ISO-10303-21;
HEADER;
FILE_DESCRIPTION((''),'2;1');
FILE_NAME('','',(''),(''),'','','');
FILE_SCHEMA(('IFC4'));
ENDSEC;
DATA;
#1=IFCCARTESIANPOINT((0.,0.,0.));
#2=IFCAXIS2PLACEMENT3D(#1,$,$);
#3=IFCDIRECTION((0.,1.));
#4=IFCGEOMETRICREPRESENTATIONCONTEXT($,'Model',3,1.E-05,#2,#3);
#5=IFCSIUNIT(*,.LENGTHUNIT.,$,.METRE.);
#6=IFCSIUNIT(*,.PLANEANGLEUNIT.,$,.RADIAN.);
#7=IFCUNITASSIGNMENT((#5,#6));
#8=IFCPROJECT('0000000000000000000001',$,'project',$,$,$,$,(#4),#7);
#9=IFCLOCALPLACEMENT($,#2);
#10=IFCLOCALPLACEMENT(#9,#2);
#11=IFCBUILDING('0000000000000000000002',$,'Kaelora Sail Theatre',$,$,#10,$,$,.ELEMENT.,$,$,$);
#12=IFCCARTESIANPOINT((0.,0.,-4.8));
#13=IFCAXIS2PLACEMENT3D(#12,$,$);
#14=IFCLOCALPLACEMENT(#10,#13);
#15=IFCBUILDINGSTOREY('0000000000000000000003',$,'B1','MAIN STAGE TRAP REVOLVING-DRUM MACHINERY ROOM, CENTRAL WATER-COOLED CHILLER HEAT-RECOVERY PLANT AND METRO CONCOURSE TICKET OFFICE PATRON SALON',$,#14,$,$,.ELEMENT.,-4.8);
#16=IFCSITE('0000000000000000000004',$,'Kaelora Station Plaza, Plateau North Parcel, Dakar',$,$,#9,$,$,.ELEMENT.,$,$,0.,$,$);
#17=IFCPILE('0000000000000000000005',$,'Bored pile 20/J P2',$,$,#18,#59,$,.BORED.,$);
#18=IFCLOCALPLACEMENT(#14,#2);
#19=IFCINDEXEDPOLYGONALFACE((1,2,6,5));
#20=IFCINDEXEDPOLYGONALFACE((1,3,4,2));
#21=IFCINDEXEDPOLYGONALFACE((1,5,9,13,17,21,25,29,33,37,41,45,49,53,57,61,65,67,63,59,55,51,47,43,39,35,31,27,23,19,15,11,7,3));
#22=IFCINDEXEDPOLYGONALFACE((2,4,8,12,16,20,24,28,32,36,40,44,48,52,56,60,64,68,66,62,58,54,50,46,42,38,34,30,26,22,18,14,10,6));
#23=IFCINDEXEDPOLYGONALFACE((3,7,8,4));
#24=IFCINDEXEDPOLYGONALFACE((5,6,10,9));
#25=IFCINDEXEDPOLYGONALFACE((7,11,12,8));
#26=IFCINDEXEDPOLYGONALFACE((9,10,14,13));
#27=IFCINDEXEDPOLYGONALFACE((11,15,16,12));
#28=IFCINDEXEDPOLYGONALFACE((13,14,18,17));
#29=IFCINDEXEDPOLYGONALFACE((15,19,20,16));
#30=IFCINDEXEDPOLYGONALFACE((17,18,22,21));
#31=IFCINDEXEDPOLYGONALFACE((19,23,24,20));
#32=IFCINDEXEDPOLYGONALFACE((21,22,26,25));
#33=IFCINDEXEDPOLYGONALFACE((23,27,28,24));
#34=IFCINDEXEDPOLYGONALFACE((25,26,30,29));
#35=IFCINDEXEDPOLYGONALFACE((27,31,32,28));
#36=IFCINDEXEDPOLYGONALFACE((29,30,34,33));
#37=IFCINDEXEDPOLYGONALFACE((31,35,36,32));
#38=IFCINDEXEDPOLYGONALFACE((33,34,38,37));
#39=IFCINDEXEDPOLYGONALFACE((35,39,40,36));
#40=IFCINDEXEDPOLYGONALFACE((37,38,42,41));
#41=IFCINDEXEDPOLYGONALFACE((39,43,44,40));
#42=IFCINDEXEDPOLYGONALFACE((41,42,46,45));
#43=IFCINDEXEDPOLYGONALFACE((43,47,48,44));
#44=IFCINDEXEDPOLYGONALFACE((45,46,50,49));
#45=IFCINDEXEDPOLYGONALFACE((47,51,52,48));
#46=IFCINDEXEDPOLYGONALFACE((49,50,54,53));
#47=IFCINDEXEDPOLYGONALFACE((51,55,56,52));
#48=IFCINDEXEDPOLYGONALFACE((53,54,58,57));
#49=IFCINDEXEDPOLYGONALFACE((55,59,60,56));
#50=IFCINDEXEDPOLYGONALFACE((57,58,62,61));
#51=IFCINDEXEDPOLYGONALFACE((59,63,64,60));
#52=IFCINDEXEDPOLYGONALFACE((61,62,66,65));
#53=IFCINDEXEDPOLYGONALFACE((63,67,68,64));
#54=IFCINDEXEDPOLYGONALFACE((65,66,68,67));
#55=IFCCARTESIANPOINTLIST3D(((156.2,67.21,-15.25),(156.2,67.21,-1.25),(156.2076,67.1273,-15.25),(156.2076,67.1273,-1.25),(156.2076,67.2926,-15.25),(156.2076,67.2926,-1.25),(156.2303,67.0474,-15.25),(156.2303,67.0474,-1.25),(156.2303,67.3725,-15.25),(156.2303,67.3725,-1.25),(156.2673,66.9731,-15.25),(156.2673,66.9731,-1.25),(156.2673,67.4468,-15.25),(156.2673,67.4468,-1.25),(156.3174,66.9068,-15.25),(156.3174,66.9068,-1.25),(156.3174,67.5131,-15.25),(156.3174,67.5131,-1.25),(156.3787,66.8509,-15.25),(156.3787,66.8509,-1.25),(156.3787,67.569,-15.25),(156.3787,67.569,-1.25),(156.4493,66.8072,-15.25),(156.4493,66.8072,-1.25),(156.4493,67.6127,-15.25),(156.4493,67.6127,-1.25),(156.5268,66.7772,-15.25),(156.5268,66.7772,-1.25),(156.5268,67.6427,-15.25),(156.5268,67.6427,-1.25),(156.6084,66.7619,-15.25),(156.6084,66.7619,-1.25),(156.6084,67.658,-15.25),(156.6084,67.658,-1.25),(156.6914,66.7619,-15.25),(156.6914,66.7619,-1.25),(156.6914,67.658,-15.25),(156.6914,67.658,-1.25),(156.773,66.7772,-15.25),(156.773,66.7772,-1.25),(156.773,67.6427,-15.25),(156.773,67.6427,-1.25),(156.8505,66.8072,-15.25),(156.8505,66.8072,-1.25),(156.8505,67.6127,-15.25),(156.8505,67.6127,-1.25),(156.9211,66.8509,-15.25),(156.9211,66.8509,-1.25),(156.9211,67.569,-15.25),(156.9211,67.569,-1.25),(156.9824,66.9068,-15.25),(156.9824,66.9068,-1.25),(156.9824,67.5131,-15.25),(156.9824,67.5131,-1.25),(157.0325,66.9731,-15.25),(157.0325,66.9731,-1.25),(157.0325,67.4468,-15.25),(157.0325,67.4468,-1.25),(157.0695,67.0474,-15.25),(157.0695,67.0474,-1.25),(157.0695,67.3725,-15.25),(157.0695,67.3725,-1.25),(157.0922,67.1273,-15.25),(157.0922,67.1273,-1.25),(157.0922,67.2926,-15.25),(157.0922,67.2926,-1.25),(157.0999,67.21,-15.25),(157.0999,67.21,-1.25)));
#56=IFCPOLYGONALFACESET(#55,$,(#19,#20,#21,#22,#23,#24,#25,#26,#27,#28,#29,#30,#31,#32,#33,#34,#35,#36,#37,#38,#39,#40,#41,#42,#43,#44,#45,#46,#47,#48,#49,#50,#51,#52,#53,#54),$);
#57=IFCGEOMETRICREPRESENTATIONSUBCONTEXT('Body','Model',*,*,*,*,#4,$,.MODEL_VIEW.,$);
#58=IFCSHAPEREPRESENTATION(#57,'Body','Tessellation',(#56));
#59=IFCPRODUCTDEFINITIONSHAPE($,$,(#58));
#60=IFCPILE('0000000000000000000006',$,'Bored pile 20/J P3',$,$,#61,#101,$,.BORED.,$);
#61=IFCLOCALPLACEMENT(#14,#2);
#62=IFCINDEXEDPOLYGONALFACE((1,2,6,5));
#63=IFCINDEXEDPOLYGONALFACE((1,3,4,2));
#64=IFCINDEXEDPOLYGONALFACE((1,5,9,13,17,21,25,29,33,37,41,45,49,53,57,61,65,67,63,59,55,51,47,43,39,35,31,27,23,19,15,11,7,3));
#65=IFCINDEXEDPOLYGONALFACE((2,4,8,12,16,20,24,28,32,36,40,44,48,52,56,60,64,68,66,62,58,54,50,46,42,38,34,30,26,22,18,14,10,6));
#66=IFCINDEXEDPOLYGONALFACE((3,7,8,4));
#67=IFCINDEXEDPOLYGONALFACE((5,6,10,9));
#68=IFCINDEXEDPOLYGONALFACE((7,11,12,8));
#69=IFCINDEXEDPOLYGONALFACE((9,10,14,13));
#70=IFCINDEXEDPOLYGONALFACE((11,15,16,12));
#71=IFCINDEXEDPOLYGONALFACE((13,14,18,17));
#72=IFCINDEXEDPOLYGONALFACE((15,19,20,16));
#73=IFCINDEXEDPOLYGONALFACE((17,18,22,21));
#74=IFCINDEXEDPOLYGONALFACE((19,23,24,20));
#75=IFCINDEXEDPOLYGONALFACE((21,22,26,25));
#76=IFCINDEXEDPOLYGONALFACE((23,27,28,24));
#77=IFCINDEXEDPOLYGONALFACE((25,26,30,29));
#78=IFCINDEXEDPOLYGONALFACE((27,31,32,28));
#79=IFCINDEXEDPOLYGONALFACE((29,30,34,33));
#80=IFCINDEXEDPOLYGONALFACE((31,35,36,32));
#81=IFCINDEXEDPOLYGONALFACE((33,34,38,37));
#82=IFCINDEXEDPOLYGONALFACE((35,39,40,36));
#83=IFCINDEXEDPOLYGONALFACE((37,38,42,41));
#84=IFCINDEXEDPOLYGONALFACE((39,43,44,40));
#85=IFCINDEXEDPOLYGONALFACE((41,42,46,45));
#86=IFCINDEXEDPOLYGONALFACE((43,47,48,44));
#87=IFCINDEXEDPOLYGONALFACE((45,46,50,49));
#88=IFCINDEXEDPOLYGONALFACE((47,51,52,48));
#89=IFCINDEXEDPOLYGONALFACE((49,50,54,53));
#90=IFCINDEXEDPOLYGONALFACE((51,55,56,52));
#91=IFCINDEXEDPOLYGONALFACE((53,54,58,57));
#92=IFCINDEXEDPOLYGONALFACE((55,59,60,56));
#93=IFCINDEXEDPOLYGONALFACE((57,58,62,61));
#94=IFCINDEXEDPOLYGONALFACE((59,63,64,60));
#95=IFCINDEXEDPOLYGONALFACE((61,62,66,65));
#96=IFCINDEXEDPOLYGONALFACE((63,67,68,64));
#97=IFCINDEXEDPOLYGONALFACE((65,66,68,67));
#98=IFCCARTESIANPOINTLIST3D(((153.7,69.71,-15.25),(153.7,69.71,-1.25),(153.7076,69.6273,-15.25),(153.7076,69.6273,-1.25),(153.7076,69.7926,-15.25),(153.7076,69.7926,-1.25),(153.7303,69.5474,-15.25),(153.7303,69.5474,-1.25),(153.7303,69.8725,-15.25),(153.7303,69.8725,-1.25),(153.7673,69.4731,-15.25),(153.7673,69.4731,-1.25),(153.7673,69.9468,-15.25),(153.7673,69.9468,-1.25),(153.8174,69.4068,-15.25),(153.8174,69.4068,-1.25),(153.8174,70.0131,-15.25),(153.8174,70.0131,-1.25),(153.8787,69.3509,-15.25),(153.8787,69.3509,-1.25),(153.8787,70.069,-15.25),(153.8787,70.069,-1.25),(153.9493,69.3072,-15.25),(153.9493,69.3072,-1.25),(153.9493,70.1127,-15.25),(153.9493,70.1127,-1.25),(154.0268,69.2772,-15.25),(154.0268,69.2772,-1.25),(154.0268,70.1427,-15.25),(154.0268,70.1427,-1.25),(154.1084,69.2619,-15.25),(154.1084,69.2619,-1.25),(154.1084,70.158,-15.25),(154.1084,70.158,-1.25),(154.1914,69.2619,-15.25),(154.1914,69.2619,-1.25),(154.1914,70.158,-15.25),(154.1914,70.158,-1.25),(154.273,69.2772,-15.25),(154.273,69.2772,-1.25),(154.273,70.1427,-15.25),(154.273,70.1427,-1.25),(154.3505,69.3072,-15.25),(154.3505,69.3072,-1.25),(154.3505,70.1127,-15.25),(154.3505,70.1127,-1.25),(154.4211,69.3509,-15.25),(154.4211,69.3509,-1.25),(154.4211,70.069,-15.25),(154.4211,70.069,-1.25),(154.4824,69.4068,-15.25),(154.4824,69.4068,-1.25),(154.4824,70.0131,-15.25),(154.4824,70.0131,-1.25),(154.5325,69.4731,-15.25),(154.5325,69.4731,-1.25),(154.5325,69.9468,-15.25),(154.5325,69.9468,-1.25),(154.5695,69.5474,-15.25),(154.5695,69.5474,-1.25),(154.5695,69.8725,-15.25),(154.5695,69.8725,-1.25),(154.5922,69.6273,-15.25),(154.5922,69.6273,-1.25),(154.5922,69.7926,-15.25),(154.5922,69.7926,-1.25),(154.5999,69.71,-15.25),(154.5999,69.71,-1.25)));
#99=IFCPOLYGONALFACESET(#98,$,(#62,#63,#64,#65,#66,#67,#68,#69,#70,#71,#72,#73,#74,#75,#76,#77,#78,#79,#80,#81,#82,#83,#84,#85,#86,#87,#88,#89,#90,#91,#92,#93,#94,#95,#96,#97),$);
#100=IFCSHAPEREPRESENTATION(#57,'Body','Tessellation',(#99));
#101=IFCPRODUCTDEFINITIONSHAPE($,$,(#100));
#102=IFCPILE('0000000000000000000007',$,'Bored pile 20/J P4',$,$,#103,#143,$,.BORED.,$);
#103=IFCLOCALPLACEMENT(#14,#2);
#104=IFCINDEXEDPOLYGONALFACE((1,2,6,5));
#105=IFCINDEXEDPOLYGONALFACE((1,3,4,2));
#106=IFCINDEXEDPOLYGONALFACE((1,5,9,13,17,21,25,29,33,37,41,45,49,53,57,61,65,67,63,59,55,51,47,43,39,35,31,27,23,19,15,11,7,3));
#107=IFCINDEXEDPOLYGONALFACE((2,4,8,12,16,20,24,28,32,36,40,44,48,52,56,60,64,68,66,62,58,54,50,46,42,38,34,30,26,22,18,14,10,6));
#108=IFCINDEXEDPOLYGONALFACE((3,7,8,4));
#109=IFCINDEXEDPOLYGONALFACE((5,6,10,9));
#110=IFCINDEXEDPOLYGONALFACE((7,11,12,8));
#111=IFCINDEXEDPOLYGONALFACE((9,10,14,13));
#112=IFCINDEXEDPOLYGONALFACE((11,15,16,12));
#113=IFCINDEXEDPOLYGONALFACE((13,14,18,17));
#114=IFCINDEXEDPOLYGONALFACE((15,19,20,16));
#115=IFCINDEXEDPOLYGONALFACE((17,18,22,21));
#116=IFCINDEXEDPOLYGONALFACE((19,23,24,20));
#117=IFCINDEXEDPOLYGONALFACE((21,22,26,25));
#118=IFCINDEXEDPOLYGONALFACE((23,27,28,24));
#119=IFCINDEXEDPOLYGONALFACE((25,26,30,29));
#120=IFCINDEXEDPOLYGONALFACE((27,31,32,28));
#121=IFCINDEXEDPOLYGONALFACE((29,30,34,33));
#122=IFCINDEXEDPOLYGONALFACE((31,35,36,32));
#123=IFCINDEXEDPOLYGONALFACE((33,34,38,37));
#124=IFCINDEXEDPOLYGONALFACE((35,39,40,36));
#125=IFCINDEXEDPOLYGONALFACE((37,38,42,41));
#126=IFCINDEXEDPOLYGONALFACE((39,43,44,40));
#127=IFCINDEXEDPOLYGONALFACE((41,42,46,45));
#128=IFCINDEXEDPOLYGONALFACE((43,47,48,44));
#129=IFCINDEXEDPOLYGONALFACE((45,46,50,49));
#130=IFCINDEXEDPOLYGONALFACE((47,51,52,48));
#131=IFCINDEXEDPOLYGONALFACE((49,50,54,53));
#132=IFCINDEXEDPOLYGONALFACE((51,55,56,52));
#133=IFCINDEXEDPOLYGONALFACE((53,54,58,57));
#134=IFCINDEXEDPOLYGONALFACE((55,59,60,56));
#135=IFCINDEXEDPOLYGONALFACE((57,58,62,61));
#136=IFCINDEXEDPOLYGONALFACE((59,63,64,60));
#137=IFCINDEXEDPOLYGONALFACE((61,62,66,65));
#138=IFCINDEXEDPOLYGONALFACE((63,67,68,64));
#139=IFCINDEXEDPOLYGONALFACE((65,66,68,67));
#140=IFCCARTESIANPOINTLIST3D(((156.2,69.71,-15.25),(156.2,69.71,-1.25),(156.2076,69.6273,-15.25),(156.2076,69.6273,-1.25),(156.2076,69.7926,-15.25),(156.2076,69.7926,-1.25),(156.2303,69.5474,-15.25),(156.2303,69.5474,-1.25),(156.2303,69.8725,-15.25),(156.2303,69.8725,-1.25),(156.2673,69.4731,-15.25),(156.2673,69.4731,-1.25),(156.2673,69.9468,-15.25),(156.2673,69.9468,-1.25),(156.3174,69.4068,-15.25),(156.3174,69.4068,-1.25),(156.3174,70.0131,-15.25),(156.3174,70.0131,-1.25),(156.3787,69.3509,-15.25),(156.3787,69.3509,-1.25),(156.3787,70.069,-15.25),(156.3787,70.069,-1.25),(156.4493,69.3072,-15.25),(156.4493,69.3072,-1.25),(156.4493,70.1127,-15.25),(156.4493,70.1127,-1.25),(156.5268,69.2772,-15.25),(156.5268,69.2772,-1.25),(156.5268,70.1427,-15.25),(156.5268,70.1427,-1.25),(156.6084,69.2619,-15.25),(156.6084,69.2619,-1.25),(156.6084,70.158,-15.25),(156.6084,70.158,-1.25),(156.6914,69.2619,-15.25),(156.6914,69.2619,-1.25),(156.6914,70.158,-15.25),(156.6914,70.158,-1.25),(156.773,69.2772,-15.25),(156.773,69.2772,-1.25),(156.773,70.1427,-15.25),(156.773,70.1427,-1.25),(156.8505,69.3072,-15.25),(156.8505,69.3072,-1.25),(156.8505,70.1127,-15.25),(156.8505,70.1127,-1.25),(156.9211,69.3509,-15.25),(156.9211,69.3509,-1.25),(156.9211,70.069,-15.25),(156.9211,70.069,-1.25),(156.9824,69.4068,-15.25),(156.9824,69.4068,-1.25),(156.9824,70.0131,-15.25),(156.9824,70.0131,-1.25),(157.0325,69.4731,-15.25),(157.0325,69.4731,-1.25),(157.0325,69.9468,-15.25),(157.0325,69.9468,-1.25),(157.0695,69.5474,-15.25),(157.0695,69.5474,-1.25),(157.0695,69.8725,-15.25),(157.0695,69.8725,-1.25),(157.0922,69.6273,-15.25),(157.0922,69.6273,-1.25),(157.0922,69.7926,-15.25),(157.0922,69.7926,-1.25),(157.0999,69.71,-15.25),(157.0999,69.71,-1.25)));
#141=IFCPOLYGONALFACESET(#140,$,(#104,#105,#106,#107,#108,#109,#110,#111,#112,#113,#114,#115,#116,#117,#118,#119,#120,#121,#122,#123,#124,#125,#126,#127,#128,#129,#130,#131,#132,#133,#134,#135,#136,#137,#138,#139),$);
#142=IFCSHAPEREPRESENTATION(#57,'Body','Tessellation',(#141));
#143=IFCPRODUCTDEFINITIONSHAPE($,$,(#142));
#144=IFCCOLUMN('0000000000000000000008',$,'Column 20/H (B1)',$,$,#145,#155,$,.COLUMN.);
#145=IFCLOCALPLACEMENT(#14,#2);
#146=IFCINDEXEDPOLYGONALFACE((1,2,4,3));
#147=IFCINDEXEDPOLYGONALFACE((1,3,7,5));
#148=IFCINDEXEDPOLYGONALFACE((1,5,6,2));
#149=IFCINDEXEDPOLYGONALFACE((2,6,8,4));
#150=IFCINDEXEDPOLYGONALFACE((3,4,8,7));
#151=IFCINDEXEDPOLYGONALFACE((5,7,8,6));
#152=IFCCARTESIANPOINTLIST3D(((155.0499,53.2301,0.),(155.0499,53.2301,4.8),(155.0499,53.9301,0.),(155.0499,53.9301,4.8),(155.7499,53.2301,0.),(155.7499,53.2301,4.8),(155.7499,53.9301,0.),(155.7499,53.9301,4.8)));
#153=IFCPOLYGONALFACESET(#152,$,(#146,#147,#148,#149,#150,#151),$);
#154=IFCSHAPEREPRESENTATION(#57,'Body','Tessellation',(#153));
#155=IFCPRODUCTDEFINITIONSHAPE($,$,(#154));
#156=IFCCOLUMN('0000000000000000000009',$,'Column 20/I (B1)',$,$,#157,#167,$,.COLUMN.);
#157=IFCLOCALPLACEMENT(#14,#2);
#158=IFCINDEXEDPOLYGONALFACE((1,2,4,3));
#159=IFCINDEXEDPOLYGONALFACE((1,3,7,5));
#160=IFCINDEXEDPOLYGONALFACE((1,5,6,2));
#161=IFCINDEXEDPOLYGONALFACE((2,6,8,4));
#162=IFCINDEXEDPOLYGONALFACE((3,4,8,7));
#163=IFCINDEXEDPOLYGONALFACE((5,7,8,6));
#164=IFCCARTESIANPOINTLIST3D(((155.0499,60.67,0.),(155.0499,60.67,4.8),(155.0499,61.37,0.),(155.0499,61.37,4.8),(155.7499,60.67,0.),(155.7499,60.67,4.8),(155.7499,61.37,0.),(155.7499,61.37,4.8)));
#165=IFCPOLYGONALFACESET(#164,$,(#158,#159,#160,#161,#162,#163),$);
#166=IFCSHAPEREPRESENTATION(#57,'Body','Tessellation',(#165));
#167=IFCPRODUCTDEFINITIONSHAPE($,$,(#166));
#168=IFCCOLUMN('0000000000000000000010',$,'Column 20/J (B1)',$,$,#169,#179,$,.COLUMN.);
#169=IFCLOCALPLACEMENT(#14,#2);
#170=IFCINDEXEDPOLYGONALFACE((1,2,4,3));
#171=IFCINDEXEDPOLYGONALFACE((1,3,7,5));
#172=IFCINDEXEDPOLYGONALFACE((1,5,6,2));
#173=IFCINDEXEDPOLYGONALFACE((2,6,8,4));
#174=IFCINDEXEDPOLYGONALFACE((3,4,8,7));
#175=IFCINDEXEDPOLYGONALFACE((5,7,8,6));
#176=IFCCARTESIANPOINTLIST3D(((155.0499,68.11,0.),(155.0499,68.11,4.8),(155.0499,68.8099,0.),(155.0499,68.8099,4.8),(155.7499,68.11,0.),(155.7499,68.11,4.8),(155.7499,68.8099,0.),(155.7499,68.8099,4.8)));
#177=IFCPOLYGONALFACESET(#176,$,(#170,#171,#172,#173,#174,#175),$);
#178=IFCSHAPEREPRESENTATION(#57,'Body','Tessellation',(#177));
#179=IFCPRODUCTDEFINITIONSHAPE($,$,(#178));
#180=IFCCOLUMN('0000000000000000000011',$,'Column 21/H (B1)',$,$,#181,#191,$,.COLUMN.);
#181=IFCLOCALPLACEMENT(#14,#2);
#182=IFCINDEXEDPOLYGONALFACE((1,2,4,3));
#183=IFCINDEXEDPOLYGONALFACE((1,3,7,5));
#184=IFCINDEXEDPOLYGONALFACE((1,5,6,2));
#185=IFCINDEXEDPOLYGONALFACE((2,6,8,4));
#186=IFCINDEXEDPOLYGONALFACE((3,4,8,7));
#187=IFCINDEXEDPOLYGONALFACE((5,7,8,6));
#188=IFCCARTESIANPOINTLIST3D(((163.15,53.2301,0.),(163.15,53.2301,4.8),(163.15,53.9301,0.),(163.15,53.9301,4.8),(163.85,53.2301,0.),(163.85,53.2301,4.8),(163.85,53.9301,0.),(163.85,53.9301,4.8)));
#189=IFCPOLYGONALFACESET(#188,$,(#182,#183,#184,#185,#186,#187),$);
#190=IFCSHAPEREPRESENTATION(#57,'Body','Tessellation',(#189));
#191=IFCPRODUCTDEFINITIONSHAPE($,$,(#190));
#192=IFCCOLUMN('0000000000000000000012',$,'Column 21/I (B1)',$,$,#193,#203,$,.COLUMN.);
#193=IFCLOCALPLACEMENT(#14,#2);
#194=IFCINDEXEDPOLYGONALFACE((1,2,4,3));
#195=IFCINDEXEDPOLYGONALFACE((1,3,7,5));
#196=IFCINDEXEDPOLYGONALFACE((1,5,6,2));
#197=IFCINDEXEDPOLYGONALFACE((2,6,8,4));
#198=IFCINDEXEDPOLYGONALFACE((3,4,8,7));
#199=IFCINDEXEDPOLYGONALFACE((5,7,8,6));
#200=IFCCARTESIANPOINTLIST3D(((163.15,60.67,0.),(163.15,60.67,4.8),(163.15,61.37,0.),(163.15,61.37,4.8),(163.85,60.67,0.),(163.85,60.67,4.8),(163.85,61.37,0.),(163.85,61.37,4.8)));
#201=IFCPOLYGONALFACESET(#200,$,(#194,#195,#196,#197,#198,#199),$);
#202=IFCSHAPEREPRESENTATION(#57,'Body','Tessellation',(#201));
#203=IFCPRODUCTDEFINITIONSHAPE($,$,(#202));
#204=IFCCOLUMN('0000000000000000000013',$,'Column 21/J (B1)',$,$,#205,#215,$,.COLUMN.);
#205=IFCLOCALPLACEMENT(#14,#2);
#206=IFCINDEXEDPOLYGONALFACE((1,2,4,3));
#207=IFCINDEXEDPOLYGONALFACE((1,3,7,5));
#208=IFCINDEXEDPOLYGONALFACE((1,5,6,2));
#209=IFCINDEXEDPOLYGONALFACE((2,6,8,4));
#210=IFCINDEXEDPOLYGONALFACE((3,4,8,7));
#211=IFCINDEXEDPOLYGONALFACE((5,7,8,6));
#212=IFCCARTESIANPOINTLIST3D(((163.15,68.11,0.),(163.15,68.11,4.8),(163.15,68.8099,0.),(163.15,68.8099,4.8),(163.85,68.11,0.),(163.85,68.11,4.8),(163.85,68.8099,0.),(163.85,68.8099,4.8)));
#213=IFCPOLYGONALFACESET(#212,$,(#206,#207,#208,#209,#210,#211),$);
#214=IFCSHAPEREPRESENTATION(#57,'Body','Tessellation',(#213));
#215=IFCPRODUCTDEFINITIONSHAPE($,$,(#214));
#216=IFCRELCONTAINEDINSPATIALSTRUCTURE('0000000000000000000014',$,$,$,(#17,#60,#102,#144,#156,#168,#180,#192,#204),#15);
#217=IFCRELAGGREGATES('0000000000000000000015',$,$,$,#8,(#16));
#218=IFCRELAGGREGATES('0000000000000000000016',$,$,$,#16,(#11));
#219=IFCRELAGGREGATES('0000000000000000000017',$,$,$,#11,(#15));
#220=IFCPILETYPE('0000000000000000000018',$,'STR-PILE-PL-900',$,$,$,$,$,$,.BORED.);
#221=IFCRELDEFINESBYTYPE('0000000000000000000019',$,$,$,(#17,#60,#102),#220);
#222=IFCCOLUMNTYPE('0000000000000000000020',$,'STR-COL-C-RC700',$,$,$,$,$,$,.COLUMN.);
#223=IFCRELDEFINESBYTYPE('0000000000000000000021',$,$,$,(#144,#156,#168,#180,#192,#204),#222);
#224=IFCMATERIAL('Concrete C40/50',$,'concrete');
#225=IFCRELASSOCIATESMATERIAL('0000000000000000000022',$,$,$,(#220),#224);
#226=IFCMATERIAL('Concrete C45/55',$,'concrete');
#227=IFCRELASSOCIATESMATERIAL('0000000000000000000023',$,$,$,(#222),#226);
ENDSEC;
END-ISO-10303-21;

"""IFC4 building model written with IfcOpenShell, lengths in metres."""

from ifc_helpers import new_model, si_unit, direction, frame, origin, origin_2d, place, context, subcontext, project, spatial, rectangle, circle, extrude, material, material_profile, profile_set, type_object, element, save


model = new_model("IFC4")

# Units and contexts
model_context = context("Model", 3, precision=1e-05, world=origin(), true_north=direction((0.0, 1.0)))
body_context = subcontext(model_context, "Body", "Model", "MODEL_VIEW")
ifc_project = project(units=[si_unit("LENGTHUNIT", "METRE"), si_unit("PLANEANGLEUNIT", "RADIAN")], contexts=[model_context])

# Site, building, storey
site_placement = place(None, origin())
site = spatial("IfcSite", under=ifc_project, at=site_placement, Name="Kaelora Station Plaza, Plateau North Parcel, Dakar", CompositionType="ELEMENT", RefElevation=0.0)
building_placement = place(site_placement, origin())
building = spatial("IfcBuilding", under=site, at=building_placement, Name="Kaelora Sail Theatre", CompositionType="ELEMENT")
storey_placement = place(building_placement, frame((0.0, 0.0, -4.8)))
storey = spatial("IfcBuildingStorey", under=building, at=storey_placement, Name="B1", Description="MAIN STAGE TRAP REVOLVING-DRUM MACHINERY ROOM, CENTRAL WATER-COOLED CHILLER HEAT-RECOVERY PLANT AND METRO CONCOURSE TICKET OFFICE PATRON SALON", CompositionType="ELEMENT", Elevation=-4.8)

# Piles
ifc_material_1 = material(Name="Concrete C40/50", Category="concrete")
ifc_material_profile_1 = material_profile(ifc_material_1, circle(Radius=0.45, at=origin_2d()), Name="PILE D900")
ifc_profile_set_1 = profile_set([ifc_material_profile_1], Name="Concrete C40/50")
pile_type = type_object("IfcPileType", Name="STR-PILE-PL-900", PredefinedType="BORED", material=ifc_profile_set_1)
for number, where, z_axis, x_axis, name in (
    (1, (156.6499, 67.21, -1.25), (0.0, 0.0, -1.0), (1.0, 0.0, 0.0), "Bored pile 20/J P2"),
    (2, (154.1499, 69.71, -1.25), (0.0, 0.0, -1.0), (1.0, 0.0, 0.0), "Bored pile 20/J P3"),
    (3, (156.6499, 69.71, -1.25), (0.0, 0.0, -1.0), (1.0, 0.0, 0.0), "Bored pile 20/J P4"),
):
    element("IfcPile", number, at=place(storey_placement, frame(where, z_axis=z_axis, x_axis=x_axis)), inside=storey, type_object=pile_type, Name=name, PredefinedType="BORED", context=body_context, shape_type="SweptSolid", body=[
        extrude(circle(Radius=0.45, at=origin_2d()), origin(), (0.0, 0.0, 1.0), 14.0),
    ])

# Columns
ifc_material_2 = material(Name="Concrete C45/55", Category="concrete")
ifc_material_profile_2 = material_profile(ifc_material_2, rectangle(XDim=0.7, YDim=0.7, at=origin_2d()), Name="RC-COL 700x700")
ifc_profile_set_2 = profile_set([ifc_material_profile_2], Name="Concrete C45/55")
column_type_1 = type_object("IfcColumnType", Name="STR-COL-C-RC700", PredefinedType="COLUMN", material=ifc_profile_set_2)
for number, where, z_axis, x_axis, name in (
    (4, (155.3999, 53.5801, 0.0), (0.0, 0.0, 1.0), (1.0, 0.0, 0.0), "Column 20/H (B1)"),
    (5, (155.3999, 61.02, 0.0), (0.0, 0.0, 1.0), (1.0, 0.0, 0.0), "Column 20/I (B1)"),
    (6, (155.3999, 68.46, 0.0), (0.0, 0.0, 1.0), (1.0, 0.0, 0.0), "Column 20/J (B1)"),
    (7, (163.5, 53.5801, 0.0), (0.0, 0.0, 1.0), (1.0, 0.0, 0.0), "Column 21/H (B1)"),
    (8, (163.5, 61.02, 0.0), (0.0, 0.0, 1.0), (1.0, 0.0, 0.0), "Column 21/I (B1)"),
    (9, (163.5, 68.46, 0.0), (0.0, 0.0, 1.0), (1.0, 0.0, 0.0), "Column 21/J (B1)"),
):
    element("IfcColumn", number, at=place(storey_placement, frame(where, z_axis=z_axis, x_axis=x_axis)), inside=storey, type_object=column_type_1, Name=name, PredefinedType="COLUMN", context=body_context, shape_type="SweptSolid", body=[
        extrude(rectangle(XDim=0.7, YDim=0.7, at=origin_2d()), origin(), (0.0, 0.0, 1.0), 4.8),
    ])

save(model, "model.ifc")
